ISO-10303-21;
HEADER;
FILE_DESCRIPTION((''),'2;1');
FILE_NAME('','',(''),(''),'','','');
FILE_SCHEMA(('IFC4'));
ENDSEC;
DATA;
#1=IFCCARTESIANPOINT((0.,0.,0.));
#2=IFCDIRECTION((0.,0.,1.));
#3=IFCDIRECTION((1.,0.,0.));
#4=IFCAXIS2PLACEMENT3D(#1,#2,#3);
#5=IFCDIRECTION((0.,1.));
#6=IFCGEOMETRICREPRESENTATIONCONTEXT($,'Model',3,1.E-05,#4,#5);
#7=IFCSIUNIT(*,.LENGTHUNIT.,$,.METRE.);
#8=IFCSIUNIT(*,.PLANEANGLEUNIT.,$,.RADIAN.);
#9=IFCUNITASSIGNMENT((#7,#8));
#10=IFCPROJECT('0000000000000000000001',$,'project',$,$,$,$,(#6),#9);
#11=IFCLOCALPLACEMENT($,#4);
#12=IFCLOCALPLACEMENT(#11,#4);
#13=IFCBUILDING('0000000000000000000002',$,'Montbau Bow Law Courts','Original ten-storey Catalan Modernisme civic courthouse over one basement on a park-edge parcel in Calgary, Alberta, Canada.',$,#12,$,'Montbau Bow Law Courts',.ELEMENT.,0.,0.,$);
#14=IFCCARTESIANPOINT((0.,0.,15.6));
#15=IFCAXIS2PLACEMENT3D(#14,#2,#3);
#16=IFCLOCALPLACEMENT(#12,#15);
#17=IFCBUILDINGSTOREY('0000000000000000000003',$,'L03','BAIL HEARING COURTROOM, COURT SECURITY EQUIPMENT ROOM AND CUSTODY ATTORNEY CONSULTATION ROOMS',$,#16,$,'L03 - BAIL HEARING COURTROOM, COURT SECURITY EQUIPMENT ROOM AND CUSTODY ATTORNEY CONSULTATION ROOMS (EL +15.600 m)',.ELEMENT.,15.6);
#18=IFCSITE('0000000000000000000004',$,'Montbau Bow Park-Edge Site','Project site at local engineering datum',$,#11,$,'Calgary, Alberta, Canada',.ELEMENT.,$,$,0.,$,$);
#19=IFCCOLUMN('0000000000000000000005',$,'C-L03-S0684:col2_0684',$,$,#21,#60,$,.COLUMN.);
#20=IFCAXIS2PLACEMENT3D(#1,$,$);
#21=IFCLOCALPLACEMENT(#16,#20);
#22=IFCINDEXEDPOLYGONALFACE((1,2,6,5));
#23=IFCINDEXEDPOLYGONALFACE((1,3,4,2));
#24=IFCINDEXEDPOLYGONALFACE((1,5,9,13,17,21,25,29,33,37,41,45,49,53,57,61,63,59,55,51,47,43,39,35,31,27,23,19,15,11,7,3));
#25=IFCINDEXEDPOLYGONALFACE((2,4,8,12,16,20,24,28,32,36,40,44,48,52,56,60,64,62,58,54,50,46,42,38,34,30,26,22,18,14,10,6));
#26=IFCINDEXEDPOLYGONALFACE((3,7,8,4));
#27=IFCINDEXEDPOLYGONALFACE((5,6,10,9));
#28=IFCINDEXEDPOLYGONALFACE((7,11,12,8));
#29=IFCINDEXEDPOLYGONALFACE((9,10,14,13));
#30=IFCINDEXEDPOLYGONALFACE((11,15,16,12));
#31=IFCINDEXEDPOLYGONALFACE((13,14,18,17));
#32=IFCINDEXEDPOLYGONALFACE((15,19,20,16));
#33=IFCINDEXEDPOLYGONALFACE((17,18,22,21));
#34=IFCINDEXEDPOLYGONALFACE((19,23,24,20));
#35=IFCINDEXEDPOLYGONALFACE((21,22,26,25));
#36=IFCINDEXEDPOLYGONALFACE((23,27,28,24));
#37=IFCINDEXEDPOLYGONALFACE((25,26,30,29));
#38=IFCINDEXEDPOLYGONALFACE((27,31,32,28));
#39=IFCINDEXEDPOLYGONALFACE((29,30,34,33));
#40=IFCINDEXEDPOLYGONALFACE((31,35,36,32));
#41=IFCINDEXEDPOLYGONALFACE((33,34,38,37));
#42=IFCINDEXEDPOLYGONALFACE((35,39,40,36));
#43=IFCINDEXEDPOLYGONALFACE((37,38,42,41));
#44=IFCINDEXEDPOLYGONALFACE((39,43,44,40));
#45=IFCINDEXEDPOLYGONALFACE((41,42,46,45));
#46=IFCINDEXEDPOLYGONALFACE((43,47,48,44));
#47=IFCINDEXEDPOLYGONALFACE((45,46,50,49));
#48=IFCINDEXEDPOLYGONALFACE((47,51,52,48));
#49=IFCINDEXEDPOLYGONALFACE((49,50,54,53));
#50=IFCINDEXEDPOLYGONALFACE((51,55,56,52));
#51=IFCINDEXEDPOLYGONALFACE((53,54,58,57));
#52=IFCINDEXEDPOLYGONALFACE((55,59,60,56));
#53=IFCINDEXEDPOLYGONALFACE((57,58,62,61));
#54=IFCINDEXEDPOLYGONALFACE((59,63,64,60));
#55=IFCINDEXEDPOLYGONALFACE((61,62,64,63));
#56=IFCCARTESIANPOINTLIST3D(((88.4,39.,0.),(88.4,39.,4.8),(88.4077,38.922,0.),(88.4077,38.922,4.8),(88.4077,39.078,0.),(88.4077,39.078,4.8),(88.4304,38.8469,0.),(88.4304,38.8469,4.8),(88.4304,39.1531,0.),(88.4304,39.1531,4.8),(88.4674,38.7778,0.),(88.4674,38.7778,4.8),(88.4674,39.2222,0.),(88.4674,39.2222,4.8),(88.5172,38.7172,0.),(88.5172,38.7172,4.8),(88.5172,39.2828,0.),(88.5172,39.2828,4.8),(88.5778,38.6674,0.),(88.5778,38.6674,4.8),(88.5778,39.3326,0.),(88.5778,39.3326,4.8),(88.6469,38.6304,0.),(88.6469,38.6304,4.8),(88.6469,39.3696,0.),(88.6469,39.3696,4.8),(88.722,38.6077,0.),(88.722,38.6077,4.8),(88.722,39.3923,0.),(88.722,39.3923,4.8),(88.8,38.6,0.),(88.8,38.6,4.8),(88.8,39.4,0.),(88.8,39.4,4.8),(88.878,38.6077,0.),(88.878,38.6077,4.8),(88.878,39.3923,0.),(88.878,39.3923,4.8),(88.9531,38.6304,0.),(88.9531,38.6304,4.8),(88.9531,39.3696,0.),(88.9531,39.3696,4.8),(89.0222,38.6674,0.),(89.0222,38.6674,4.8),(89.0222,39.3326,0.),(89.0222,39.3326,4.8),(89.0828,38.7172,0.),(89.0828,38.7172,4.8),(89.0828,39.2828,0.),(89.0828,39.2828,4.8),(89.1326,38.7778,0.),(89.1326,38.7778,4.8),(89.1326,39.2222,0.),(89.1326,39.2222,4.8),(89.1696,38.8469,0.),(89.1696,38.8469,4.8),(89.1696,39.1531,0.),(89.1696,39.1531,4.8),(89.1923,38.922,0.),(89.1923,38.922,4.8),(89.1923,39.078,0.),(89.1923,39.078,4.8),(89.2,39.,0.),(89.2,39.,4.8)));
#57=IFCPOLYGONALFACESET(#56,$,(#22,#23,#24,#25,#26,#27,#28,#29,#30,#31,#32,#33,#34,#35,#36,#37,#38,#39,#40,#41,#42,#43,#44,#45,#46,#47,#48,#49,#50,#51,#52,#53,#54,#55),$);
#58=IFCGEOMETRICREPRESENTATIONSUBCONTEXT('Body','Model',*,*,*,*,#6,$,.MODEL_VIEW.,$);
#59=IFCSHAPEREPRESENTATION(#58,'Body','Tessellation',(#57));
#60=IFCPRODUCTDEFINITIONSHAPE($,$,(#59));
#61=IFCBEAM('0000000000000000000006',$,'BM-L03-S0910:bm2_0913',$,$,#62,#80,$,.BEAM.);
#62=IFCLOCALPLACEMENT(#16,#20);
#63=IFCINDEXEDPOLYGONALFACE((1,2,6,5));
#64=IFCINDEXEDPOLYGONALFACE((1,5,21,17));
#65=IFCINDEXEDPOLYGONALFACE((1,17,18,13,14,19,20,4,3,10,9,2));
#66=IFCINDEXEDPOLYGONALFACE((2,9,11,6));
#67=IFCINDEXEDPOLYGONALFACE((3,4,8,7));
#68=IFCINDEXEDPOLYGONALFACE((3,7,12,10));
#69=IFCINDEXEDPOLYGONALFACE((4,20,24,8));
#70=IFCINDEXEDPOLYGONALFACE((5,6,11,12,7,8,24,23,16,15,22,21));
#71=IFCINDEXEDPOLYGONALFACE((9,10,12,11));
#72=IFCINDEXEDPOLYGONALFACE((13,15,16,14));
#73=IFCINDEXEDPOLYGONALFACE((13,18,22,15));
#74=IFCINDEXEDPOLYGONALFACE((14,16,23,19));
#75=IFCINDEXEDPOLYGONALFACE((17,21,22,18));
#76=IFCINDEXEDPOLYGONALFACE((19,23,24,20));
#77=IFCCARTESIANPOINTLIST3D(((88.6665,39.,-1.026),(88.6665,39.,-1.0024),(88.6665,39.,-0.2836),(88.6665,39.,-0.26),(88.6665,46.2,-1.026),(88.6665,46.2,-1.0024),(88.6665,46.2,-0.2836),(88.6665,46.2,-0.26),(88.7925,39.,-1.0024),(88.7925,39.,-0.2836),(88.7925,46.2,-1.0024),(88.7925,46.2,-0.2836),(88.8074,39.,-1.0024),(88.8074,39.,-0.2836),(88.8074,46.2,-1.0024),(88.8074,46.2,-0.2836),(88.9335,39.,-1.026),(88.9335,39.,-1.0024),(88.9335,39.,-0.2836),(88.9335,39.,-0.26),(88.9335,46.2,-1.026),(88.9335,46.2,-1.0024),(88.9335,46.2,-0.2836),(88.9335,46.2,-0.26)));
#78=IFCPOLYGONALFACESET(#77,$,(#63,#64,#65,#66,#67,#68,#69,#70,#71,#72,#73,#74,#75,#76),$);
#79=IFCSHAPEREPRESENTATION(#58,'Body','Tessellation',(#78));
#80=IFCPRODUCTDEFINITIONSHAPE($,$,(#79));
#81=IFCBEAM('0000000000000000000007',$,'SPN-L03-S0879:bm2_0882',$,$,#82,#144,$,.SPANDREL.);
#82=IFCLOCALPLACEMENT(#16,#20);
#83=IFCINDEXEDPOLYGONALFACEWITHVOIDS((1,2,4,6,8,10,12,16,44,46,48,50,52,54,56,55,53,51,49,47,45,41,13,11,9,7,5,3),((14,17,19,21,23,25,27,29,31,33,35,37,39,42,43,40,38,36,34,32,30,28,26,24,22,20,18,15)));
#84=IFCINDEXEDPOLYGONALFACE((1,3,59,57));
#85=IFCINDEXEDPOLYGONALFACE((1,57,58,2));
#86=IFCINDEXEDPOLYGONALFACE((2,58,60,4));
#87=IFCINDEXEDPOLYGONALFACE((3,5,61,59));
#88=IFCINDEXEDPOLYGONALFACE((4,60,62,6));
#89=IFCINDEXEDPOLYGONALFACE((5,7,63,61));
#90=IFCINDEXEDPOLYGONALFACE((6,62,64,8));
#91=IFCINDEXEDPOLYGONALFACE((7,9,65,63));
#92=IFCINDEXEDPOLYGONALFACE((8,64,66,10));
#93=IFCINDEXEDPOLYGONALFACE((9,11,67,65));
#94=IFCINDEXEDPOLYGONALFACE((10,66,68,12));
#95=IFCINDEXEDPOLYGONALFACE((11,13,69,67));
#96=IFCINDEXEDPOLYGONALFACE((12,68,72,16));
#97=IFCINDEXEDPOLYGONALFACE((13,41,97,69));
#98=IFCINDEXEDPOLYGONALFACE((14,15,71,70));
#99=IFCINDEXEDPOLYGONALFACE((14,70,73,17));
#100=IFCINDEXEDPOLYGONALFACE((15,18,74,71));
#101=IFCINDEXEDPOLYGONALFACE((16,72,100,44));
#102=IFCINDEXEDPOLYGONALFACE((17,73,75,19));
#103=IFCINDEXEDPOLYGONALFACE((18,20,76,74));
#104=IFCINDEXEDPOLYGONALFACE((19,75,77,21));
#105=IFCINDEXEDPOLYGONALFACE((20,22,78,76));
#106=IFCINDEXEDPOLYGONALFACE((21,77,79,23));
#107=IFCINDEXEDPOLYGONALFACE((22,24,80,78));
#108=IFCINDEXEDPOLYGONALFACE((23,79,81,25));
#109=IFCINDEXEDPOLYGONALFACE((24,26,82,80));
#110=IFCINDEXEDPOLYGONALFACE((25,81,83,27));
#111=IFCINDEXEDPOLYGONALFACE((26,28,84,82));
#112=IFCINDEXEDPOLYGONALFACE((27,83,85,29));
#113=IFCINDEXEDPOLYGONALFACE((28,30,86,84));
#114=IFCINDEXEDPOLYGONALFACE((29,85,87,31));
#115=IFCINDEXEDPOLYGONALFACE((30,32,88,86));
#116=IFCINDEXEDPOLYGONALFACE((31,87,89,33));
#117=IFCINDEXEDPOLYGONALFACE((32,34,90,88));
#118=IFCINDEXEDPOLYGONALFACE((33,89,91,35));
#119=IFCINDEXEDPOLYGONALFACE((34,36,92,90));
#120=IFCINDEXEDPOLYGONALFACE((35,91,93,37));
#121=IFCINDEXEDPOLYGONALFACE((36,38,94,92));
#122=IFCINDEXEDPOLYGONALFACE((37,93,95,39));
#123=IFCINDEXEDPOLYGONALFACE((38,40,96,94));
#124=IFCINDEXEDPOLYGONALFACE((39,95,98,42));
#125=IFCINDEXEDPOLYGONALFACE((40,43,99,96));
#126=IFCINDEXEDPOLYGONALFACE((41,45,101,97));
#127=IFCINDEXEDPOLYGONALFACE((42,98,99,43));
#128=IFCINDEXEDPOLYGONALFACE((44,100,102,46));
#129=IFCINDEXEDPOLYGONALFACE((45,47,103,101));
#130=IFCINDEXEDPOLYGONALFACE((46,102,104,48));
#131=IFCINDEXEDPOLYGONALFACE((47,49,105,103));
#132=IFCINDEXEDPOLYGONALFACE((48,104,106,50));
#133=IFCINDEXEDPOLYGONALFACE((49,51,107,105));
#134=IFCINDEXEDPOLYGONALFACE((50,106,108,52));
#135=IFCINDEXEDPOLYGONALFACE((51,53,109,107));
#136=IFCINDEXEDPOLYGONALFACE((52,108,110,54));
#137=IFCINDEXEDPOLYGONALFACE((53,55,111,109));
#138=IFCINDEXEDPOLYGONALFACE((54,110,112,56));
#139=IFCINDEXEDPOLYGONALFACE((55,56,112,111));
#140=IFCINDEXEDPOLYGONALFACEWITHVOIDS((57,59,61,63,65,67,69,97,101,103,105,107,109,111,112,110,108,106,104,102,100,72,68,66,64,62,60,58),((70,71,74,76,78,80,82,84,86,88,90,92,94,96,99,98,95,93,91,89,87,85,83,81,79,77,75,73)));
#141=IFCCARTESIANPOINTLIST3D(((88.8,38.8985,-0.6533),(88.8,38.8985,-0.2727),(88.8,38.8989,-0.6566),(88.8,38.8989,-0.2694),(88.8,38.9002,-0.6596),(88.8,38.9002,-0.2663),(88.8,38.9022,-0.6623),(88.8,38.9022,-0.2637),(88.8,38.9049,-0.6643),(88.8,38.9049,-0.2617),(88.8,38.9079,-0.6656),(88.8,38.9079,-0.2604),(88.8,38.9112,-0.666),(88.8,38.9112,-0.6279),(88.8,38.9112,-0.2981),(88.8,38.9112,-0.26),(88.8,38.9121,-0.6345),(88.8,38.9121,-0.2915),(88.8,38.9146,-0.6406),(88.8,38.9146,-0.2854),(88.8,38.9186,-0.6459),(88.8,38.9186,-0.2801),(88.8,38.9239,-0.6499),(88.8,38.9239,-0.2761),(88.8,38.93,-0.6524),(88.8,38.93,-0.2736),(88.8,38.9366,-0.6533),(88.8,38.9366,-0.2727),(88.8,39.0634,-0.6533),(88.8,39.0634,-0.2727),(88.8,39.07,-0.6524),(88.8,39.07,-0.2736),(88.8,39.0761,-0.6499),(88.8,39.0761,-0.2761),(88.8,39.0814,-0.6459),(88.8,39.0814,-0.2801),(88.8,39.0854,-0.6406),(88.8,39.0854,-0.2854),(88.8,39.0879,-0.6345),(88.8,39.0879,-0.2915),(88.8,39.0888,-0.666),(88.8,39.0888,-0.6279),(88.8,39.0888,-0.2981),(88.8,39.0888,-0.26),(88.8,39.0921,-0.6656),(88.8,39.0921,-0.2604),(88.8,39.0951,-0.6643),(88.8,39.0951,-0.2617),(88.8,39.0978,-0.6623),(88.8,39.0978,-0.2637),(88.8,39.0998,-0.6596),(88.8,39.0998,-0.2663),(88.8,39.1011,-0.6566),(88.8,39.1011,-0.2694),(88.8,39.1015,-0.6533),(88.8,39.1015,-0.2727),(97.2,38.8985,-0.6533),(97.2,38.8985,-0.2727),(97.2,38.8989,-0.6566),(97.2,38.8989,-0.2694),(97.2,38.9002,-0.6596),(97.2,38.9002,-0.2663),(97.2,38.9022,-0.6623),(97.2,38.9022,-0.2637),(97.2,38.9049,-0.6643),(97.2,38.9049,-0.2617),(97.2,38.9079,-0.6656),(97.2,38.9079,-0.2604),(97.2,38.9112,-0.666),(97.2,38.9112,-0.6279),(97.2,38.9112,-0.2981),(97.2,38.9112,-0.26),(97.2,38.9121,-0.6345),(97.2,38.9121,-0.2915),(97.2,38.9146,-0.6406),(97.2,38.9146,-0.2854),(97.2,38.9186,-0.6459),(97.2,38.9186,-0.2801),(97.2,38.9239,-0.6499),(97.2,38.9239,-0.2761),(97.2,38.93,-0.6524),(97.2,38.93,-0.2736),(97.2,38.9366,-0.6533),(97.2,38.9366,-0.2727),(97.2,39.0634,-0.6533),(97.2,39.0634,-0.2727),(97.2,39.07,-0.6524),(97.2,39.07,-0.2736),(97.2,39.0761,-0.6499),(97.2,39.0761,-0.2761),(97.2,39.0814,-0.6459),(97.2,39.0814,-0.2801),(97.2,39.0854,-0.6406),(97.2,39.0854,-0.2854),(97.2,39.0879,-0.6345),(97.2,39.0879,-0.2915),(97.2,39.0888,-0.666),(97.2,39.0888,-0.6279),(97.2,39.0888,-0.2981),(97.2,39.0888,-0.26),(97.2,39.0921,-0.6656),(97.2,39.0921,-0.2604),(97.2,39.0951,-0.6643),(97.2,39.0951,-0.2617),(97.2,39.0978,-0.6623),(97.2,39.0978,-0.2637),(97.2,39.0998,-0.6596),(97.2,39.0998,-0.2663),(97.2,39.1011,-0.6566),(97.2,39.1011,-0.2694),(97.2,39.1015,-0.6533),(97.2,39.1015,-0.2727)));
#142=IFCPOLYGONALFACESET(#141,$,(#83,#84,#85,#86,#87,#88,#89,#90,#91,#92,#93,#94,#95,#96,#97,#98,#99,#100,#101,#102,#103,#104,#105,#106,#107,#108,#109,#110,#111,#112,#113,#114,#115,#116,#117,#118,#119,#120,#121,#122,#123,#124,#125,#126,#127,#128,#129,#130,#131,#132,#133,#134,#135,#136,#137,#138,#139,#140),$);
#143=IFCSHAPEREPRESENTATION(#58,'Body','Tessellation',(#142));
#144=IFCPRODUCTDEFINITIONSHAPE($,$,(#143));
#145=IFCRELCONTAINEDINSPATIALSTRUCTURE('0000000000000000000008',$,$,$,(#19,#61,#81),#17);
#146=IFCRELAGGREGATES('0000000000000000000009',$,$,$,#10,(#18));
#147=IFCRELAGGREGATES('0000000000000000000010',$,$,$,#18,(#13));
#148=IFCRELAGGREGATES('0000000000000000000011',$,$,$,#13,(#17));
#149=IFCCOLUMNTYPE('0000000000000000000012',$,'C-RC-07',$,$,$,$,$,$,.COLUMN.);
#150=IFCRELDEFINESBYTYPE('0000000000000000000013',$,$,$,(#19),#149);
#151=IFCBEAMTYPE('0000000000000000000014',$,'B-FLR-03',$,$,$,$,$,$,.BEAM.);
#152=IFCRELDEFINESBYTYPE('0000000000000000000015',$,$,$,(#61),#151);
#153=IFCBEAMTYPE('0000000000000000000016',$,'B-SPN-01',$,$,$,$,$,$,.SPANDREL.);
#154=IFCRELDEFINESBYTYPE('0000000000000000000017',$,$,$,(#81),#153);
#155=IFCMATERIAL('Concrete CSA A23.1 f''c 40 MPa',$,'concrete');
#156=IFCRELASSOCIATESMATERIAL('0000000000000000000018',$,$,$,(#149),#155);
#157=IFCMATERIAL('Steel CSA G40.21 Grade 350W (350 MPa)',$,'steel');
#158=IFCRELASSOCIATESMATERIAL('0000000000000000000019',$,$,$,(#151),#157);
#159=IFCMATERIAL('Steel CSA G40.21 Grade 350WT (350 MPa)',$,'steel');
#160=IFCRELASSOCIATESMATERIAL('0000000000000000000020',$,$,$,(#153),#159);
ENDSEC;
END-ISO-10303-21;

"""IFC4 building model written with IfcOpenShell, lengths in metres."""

from ifc_helpers import new_model, si_unit, direction, frame, origin_with_axes, origin_2d_with_axis, place, context, subcontext, project, spatial, hollow_rectangle, circle, i_section, extrude, material, material_profile, profile_set, type_object, element, save


model = new_model("IFC4")

# Units and contexts
model_context = context("Model", 3, precision=1e-05, world=origin_with_axes(), true_north=direction((0.0, 1.0)))
body_context = subcontext(model_context, "Body", "Model", "MODEL_VIEW")
ifc_project = project(units=[si_unit("LENGTHUNIT", "METRE"), si_unit("PLANEANGLEUNIT", "RADIAN")], contexts=[model_context])

# Site, building, storey
site_placement = place(None, origin_with_axes())
site = spatial("IfcSite", under=ifc_project, at=site_placement, Name="Montbau Bow Park-Edge Site", Description="Project site at local engineering datum", LongName="Calgary, Alberta, Canada", CompositionType="ELEMENT", RefElevation=0.0)
building_placement = place(site_placement, origin_with_axes())
building = spatial("IfcBuilding", under=site, at=building_placement, Name="Montbau Bow Law Courts", Description="Original ten-storey Catalan Modernisme civic courthouse over one basement on a park-edge parcel in Calgary, Alberta, Canada.", LongName="Montbau Bow Law Courts", CompositionType="ELEMENT", ElevationOfRefHeight=0.0, ElevationOfTerrain=0.0)
storey_placement = place(building_placement, frame((0.0, 0.0, 15.6), z_axis=(0.0, 0.0, 1.0), x_axis=(1.0, 0.0, 0.0)))
storey = spatial("IfcBuildingStorey", under=building, at=storey_placement, Name="L03", Description="BAIL HEARING COURTROOM, COURT SECURITY EQUIPMENT ROOM AND CUSTODY ATTORNEY CONSULTATION ROOMS", LongName="L03 - BAIL HEARING COURTROOM, COURT SECURITY EQUIPMENT ROOM AND CUSTODY ATTORNEY CONSULTATION ROOMS (EL +15.600 m)", CompositionType="ELEMENT", Elevation=15.6)

# Column
ifc_material_1 = material(Name="Concrete CSA A23.1 f'c 40 MPa", Category="concrete")
ifc_material_profile_1 = material_profile(ifc_material_1, circle(Radius=0.4, at=origin_2d_with_axis()), Name="RC800D", Category="Main", Priority=0)
ifc_profile_set_1 = profile_set([ifc_material_profile_1], Name="Concrete CSA A23.1 f'c 40 MPa")
column_type = type_object("IfcColumnType", Name="C-RC-07", PredefinedType="COLUMN", material=ifc_profile_set_1)
column_placement = place(None, frame((88.8, 39.0, 15.6), z_axis=(0.0, 0.0, 1.0), x_axis=(1.0, 0.0, 0.0)))
element("IfcColumn", 1, at=column_placement, inside=storey, type_object=column_type, Name="C-L03-S0684:col2_0684", PredefinedType="COLUMN", context=body_context, shape_type="SweptSolid", body=[
    extrude(circle(Radius=0.4, at=origin_2d_with_axis()), origin_with_axes(), (0.0, 0.0, 1.0), 4.8),
])

# Beams
ifc_material_2 = material(Name="Steel CSA G40.21 Grade 350W (350 MPa)", Category="steel")
ifc_material_profile_2 = material_profile(ifc_material_2, i_section(OverallWidth=0.267, OverallDepth=0.766, WebThickness=0.0149, FlangeThickness=0.0236, at=origin_2d_with_axis()), Name="W760X185", Category="Main", Priority=0)
ifc_profile_set_2 = profile_set([ifc_material_profile_2], Name="Steel CSA G40.21 Grade 350W (350 MPa)")
beam_type_1 = type_object("IfcBeamType", Name="B-FLR-03", PredefinedType="BEAM", material=ifc_profile_set_2)
beam_1_placement = place(None, frame((88.8, 39.0, 14.957), z_axis=(0.0, 1.0, 0.0), x_axis=(-1.0, 0.0, 0.0)))
element("IfcBeam", 2, at=beam_1_placement, inside=storey, type_object=beam_type_1, Name="BM-L03-S0910:bm2_0913", PredefinedType="BEAM", context=body_context, shape_type="SweptSolid", body=[
    extrude(i_section(OverallWidth=0.267, OverallDepth=0.766, WebThickness=0.0149, FlangeThickness=0.0236, at=origin_2d_with_axis()), origin_with_axes(), (0.0, 0.0, 1.0), 7.2),
])
ifc_material_3 = material(Name="Steel CSA G40.21 Grade 350WT (350 MPa)", Category="steel")
ifc_material_profile_3 = material_profile(ifc_material_3, hollow_rectangle(XDim=0.203, YDim=0.406, WallThickness=0.0127, InnerFilletRadius=0.0254, OuterFilletRadius=0.0127, at=origin_2d_with_axis()), Name="HSS406X203X13", Category="Main", Priority=0)
ifc_profile_set_3 = profile_set([ifc_material_profile_3], Name="Steel CSA G40.21 Grade 350WT (350 MPa)")
beam_type_2 = type_object("IfcBeamType", Name="B-SPN-01", PredefinedType="SPANDREL", material=ifc_profile_set_3)
beam_2_placement = place(None, frame((88.8, 39.0, 15.137), z_axis=(1.0, 0.0, 0.0), x_axis=(0.0, 1.0, 0.0)))
element("IfcBeam", 3, at=beam_2_placement, inside=storey, type_object=beam_type_2, Name="SPN-L03-S0879:bm2_0882", PredefinedType="SPANDREL", context=body_context, shape_type="SweptSolid", body=[
    extrude(hollow_rectangle(XDim=0.203, YDim=0.406, WallThickness=0.0127, InnerFilletRadius=0.0254, OuterFilletRadius=0.0127, at=origin_2d_with_axis()), origin_with_axes(), (0.0, 0.0, 1.0), 8.4),
])

save(model, "model.ifc")
